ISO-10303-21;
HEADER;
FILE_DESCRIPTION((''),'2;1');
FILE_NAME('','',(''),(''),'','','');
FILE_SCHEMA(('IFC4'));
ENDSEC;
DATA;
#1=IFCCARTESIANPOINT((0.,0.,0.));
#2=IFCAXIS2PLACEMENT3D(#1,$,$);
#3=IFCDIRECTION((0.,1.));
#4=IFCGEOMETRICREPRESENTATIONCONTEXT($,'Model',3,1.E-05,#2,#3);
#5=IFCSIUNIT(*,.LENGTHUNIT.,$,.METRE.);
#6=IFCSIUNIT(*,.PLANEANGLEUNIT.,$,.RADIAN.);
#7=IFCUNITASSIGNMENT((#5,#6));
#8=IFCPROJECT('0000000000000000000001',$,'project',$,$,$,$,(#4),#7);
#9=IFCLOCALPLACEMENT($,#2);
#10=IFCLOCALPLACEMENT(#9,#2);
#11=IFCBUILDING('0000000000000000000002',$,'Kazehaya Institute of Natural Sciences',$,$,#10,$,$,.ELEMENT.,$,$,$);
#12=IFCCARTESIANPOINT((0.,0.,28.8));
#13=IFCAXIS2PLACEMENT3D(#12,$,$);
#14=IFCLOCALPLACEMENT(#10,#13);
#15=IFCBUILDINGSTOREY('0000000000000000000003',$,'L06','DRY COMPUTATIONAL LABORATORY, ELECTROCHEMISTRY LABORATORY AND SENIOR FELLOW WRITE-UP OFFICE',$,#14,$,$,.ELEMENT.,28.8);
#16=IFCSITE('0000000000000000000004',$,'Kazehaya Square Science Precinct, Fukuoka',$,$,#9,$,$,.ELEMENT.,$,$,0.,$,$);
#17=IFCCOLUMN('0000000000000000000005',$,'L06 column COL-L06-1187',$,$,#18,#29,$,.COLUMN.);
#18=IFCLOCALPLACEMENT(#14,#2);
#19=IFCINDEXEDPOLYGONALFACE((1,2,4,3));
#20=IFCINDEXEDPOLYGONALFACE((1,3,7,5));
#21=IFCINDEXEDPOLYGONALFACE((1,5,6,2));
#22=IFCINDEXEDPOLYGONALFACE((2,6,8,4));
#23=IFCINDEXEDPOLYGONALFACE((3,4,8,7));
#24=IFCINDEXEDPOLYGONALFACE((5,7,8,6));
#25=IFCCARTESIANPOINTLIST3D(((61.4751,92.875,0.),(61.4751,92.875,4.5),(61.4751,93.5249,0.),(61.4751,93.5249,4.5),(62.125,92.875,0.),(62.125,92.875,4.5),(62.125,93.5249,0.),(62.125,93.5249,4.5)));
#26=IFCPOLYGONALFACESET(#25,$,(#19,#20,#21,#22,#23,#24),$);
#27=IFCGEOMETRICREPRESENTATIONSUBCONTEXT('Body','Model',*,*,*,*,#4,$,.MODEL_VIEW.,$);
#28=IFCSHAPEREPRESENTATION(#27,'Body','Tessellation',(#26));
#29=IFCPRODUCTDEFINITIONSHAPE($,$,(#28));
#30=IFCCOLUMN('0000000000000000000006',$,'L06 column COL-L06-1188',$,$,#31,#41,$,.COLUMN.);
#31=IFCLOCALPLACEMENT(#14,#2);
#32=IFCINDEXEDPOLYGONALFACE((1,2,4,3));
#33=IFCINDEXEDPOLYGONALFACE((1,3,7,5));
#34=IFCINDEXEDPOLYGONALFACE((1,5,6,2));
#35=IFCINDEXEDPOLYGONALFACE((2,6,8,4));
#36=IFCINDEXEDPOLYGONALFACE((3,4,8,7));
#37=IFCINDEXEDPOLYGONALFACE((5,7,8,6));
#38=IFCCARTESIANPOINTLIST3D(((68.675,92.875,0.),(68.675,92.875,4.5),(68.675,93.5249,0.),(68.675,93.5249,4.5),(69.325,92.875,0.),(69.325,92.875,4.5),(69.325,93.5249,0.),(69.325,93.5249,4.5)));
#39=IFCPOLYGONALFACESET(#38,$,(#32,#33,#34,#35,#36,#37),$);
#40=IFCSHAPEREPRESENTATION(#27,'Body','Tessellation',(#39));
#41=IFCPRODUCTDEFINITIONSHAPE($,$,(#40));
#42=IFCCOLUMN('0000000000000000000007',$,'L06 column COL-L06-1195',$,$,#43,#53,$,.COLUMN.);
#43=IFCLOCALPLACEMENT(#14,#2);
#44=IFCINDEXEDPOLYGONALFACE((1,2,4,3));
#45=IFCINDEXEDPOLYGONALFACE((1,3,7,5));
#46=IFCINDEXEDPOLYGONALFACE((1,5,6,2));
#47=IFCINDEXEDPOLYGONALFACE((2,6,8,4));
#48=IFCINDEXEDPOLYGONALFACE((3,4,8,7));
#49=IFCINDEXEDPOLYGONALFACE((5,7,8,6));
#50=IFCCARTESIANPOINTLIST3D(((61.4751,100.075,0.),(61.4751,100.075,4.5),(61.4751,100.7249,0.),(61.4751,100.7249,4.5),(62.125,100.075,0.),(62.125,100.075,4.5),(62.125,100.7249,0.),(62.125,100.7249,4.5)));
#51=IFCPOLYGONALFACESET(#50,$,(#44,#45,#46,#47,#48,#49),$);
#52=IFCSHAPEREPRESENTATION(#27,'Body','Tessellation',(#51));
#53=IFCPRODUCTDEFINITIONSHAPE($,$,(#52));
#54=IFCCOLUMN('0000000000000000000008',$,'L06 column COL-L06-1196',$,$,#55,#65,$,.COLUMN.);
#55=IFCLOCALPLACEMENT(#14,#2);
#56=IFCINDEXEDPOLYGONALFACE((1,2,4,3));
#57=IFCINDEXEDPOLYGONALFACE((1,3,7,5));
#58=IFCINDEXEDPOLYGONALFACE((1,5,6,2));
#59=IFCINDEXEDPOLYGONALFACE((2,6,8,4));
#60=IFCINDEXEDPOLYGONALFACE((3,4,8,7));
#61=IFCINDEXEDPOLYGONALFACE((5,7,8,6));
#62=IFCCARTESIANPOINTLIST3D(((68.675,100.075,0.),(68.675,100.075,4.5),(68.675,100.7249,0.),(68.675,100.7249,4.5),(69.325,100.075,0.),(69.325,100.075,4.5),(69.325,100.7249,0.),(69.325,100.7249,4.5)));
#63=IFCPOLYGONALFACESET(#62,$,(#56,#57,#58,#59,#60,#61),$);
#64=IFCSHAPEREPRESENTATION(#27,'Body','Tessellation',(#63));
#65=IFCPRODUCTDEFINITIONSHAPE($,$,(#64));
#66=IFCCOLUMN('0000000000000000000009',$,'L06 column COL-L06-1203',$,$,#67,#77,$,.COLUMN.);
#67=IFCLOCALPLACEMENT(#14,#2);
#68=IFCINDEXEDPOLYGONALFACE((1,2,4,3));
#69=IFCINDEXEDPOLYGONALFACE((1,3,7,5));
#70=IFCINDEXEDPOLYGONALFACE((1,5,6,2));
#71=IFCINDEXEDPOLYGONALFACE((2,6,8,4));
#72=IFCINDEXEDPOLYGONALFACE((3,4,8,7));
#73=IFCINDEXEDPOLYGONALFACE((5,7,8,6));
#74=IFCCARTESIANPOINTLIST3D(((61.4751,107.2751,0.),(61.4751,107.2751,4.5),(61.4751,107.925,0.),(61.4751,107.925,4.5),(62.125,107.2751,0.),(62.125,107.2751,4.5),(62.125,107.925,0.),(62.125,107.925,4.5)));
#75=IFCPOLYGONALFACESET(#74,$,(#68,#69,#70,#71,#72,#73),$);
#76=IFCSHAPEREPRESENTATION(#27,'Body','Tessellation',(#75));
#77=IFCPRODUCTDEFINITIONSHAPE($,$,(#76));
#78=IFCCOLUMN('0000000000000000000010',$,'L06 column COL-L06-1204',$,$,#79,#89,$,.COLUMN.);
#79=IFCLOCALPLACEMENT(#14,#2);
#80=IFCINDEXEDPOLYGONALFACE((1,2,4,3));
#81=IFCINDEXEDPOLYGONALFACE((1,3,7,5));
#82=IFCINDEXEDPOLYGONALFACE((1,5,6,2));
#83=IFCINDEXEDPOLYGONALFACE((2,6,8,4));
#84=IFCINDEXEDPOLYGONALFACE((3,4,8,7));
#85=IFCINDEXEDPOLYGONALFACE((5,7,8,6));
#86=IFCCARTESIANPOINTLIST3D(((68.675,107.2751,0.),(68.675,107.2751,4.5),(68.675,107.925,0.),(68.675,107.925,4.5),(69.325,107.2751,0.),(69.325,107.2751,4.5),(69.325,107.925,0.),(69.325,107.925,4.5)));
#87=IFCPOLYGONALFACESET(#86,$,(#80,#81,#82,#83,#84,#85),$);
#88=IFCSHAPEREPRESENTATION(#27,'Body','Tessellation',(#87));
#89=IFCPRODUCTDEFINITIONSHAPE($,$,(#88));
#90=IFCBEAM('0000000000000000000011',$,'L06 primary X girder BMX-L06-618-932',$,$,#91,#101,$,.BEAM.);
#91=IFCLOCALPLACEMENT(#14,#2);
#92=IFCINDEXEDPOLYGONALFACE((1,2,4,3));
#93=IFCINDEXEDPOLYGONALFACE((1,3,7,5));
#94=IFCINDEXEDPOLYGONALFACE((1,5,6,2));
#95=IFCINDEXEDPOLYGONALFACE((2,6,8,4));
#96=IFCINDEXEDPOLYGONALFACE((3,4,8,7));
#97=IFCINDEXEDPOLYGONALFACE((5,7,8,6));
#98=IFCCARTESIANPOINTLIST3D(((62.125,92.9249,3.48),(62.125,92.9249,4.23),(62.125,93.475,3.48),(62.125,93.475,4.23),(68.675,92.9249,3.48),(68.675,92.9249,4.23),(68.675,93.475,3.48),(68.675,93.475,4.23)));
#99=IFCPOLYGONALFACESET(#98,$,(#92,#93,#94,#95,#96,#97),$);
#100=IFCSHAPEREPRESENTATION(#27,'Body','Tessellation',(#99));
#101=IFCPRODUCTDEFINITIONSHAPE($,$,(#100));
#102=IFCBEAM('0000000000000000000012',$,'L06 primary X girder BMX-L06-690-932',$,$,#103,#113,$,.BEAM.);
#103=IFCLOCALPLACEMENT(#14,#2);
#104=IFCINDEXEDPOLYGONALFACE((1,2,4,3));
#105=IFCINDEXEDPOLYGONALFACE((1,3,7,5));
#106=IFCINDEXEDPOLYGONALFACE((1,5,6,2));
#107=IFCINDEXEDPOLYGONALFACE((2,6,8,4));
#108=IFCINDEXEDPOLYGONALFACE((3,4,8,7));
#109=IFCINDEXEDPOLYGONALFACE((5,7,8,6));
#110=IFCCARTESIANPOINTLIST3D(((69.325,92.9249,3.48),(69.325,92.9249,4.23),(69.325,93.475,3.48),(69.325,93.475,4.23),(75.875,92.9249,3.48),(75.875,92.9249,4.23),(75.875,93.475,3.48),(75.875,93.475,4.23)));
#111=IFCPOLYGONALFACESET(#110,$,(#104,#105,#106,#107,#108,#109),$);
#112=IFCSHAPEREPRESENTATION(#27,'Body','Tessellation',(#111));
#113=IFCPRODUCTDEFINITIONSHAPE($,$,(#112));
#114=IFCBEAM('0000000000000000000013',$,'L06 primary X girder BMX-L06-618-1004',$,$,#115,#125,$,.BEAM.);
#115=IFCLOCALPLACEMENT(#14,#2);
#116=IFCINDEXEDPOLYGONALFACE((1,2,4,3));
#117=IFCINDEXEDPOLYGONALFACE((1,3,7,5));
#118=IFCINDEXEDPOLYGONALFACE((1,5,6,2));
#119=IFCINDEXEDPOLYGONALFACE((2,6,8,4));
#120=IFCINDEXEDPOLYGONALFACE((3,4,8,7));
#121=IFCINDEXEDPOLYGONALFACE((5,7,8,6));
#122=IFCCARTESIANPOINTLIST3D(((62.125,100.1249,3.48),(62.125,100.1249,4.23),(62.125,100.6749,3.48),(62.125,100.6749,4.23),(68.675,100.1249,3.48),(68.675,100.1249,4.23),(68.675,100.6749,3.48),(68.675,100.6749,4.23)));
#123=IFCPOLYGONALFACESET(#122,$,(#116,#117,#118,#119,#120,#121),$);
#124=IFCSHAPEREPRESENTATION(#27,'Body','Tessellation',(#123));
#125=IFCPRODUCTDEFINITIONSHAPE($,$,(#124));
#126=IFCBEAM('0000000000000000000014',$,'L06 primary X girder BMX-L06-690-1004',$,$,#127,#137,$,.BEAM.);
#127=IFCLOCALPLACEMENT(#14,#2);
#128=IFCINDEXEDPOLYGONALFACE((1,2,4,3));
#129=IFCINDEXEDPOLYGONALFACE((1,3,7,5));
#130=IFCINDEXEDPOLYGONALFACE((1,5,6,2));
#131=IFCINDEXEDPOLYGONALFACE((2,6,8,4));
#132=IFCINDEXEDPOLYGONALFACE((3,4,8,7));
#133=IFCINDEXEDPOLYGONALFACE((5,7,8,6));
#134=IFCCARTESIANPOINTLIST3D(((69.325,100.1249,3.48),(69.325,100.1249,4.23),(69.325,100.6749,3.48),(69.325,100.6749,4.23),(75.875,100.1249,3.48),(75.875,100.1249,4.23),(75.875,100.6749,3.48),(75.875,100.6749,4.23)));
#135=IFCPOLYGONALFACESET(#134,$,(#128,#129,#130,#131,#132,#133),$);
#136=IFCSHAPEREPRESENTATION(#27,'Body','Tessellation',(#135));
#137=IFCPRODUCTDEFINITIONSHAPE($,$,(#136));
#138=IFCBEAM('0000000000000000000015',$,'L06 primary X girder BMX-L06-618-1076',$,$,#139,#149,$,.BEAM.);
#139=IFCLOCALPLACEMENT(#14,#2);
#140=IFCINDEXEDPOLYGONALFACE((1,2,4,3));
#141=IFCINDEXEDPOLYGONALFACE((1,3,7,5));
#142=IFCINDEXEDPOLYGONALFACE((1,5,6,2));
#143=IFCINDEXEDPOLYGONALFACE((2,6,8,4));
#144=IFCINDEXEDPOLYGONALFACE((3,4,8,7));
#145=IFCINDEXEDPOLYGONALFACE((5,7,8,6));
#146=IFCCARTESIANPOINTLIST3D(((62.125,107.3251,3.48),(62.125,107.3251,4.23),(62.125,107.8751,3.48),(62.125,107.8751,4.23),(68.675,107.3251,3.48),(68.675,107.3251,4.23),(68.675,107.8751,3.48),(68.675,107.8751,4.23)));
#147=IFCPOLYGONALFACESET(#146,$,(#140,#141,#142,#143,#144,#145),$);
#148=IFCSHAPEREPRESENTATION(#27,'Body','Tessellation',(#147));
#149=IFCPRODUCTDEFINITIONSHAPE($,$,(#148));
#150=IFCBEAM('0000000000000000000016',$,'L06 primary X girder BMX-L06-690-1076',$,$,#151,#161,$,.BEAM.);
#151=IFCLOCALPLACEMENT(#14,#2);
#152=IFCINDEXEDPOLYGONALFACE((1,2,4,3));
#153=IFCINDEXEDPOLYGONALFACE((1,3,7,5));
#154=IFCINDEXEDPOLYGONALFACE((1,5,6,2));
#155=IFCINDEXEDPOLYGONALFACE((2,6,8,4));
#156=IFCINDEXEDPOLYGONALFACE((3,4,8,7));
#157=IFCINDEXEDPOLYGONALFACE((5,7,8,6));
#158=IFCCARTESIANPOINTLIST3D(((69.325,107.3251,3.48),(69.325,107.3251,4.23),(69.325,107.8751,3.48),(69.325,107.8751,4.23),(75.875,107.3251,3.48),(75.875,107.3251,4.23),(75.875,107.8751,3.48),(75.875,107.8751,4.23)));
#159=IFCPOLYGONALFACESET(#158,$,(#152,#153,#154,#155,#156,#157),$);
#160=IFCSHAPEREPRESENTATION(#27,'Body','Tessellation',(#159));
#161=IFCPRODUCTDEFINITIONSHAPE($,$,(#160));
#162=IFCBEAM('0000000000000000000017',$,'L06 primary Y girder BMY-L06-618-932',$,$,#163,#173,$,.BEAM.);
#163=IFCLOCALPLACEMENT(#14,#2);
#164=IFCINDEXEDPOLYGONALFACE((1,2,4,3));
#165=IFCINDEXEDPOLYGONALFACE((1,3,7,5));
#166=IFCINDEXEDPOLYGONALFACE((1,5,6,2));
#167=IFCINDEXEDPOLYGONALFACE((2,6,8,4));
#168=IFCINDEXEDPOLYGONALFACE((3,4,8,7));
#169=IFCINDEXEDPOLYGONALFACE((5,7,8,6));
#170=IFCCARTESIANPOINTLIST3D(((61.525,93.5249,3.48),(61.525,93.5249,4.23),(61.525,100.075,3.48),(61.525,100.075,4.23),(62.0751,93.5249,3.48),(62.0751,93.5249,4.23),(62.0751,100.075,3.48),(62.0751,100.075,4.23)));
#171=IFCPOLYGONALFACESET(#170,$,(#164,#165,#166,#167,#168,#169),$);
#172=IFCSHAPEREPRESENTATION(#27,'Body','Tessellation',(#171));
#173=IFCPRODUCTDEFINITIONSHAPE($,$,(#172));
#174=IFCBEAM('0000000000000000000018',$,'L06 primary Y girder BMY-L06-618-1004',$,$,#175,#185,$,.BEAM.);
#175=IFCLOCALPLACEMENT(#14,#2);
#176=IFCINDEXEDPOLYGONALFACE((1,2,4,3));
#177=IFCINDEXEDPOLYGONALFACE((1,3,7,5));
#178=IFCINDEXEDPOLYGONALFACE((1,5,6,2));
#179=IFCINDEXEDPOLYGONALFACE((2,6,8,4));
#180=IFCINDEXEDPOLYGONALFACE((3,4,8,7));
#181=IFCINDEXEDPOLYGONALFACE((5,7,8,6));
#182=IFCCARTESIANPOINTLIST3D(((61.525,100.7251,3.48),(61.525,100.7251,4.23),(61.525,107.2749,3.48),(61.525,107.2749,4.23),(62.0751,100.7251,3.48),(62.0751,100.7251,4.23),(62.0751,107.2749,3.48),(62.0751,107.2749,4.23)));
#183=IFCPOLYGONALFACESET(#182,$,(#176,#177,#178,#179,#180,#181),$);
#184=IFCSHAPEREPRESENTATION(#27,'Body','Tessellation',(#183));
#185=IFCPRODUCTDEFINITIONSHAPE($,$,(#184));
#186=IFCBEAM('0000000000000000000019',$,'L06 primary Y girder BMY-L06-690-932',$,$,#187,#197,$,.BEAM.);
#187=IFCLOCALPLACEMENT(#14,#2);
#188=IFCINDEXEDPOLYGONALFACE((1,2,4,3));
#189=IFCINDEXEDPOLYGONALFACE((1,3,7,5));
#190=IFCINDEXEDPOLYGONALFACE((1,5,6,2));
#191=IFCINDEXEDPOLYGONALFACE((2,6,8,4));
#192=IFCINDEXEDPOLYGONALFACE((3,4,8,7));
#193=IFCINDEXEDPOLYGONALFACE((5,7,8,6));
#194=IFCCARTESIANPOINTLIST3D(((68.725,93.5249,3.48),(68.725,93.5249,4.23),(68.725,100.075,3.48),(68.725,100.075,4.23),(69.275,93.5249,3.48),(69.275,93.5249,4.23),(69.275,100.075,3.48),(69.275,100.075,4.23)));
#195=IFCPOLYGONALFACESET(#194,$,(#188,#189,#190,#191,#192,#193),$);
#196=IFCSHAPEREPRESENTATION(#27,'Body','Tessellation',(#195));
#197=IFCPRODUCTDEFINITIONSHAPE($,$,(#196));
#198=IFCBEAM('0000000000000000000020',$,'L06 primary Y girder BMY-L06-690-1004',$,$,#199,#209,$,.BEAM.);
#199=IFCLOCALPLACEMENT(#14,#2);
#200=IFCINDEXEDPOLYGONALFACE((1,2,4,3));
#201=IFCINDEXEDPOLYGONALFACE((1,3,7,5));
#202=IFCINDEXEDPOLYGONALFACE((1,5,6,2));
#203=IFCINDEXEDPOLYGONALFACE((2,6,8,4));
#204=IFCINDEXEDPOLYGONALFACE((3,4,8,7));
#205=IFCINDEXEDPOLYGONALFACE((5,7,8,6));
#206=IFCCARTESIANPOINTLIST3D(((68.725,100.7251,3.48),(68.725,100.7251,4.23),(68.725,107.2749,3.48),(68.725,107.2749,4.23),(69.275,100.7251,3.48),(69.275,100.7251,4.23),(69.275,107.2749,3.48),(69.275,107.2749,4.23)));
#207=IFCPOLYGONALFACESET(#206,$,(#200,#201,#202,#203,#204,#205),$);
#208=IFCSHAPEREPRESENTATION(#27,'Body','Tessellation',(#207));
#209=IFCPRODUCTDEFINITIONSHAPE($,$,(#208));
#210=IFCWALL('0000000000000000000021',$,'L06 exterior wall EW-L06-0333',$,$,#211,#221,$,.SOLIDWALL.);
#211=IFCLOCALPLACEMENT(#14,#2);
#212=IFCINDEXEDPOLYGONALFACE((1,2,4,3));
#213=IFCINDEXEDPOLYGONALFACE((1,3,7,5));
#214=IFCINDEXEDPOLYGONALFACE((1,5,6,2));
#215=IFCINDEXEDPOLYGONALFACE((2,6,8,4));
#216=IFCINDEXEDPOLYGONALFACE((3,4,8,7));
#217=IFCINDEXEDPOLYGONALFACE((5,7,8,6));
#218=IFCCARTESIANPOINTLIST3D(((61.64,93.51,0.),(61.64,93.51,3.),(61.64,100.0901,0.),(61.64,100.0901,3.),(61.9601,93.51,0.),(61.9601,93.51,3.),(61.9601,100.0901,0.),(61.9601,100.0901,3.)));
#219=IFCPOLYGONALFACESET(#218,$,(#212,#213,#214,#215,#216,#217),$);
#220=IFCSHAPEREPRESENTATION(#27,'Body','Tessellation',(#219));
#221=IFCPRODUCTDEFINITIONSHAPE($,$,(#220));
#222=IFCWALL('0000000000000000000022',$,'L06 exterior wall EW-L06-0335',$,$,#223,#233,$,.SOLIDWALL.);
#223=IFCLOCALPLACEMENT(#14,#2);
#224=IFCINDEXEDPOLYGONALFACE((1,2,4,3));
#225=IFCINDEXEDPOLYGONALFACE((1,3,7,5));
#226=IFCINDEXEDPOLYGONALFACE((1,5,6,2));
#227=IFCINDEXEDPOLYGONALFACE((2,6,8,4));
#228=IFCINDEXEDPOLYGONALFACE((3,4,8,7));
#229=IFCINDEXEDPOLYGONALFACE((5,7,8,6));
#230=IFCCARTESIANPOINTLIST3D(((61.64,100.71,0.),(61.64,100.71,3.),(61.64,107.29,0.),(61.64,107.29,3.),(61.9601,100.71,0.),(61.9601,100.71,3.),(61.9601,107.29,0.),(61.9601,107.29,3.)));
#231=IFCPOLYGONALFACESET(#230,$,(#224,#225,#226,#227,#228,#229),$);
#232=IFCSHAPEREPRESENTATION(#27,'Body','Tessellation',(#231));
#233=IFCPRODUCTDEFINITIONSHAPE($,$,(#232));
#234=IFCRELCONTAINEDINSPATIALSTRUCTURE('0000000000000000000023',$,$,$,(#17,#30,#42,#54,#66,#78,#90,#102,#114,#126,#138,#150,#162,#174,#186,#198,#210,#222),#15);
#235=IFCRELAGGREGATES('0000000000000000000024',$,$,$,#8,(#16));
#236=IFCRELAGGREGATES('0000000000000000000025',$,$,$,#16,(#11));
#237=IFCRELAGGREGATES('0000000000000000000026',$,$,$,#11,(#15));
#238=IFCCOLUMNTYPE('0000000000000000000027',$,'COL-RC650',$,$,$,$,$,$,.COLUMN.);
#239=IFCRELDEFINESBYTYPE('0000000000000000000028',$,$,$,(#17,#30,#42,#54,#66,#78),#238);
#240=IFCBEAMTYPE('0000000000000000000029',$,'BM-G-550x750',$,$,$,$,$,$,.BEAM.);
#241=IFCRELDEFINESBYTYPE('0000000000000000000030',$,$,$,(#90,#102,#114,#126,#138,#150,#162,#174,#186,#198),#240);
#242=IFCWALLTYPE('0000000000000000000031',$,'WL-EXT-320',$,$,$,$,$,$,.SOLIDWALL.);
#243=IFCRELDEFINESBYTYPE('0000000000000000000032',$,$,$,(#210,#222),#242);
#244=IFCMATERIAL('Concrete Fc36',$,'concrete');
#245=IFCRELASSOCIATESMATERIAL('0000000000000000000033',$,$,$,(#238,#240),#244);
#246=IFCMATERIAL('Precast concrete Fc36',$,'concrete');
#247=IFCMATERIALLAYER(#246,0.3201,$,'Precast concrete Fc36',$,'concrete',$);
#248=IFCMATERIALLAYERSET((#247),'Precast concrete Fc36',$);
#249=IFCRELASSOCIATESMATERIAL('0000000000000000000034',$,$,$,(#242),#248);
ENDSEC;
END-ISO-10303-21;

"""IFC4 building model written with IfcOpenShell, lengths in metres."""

from ifc_helpers import new_model, si_unit, direction, frame, frame_2d, origin, origin_2d, place, context, subcontext, project, spatial, rectangle, extrude, material, layer, layer_set, material_profile, profile_set, type_object, element, save


model = new_model("IFC4")

# Units and contexts
model_context = context("Model", 3, precision=1e-05, world=origin(), true_north=direction((0.0, 1.0)))
body_context = subcontext(model_context, "Body", "Model", "MODEL_VIEW")
ifc_project = project(units=[si_unit("LENGTHUNIT", "METRE"), si_unit("PLANEANGLEUNIT", "RADIAN")], contexts=[model_context])

# Site, building, storey
site_placement = place(None, origin())
site = spatial("IfcSite", under=ifc_project, at=site_placement, Name="Kazehaya Square Science Precinct, Fukuoka", CompositionType="ELEMENT", RefElevation=0.0)
building_placement = place(site_placement, origin())
building = spatial("IfcBuilding", under=site, at=building_placement, Name="Kazehaya Institute of Natural Sciences", CompositionType="ELEMENT")
storey_placement = place(building_placement, frame((0.0, 0.0, 28.8)))
storey = spatial("IfcBuildingStorey", under=building, at=storey_placement, Name="L06", Description="DRY COMPUTATIONAL LABORATORY, ELECTROCHEMISTRY LABORATORY AND SENIOR FELLOW WRITE-UP OFFICE", CompositionType="ELEMENT", Elevation=28.8)

# Columns
ifc_material_1 = material(Name="Concrete Fc36", Category="concrete")
ifc_material_profile_1 = material_profile(ifc_material_1, rectangle(XDim=0.6499, YDim=0.6499, at=origin_2d()), Name="RC-650x650")
ifc_profile_set_1 = profile_set([ifc_material_profile_1], Name="Concrete Fc36")
column_type = type_object("IfcColumnType", Name="COL-RC650", PredefinedType="COLUMN", material=ifc_profile_set_1)
for number, where, z_axis, x_axis, name in (
    (1, (61.8, 93.2, 0.0), (0.0, 0.0, 1.0), (1.0, 0.0, 0.0), "L06 column COL-L06-1187"),
    (2, (69.0, 93.2, 0.0), (0.0, 0.0, 1.0), (1.0, 0.0, 0.0), "L06 column COL-L06-1188"),
    (3, (61.8, 100.3999, 0.0), (0.0, 0.0, 1.0), (1.0, 0.0, 0.0), "L06 column COL-L06-1195"),
    (4, (69.0, 100.3999, 0.0), (0.0, 0.0, 1.0), (1.0, 0.0, 0.0), "L06 column COL-L06-1196"),
    (5, (61.8, 107.6001, 0.0), (0.0, 0.0, 1.0), (1.0, 0.0, 0.0), "L06 column COL-L06-1203"),
    (6, (69.0, 107.6001, 0.0), (0.0, 0.0, 1.0), (1.0, 0.0, 0.0), "L06 column COL-L06-1204"),
):
    element("IfcColumn", number, at=place(storey_placement, frame(where, z_axis=z_axis, x_axis=x_axis)), inside=storey, type_object=column_type, Name=name, PredefinedType="COLUMN", context=body_context, shape_type="SweptSolid", body=[
        extrude(rectangle(XDim=0.6499, YDim=0.6499, at=origin_2d()), origin(), (0.0, 0.0, 1.0), 4.5),
    ])

# Beams
ifc_material_profile_2 = material_profile(ifc_material_1, rectangle(XDim=0.55, YDim=0.75, at=origin_2d()), Name="RC-550x750")
ifc_profile_set_2 = profile_set([ifc_material_profile_2], Name="Concrete Fc36")
beam_type = type_object("IfcBeamType", Name="BM-G-550x750", PredefinedType="BEAM", material=ifc_profile_set_2)
for number, where, z_axis, x_axis, name in (
    (7, (62.125, 93.2, 3.855), (1.0, 0.0, 0.0), (0.0, 1.0, 0.0), "L06 primary X girder BMX-L06-618-932"),
    (8, (69.325, 93.2, 3.855), (1.0, 0.0, 0.0), (0.0, 1.0, 0.0), "L06 primary X girder BMX-L06-690-932"),
    (9, (62.125, 100.3999, 3.855), (1.0, 0.0, 0.0), (0.0, 1.0, 0.0), "L06 primary X girder BMX-L06-618-1004"),
    (10, (69.325, 100.3999, 3.855), (1.0, 0.0, 0.0), (0.0, 1.0, 0.0), "L06 primary X girder BMX-L06-690-1004"),
    (11, (62.125, 107.6001, 3.855), (1.0, 0.0, 0.0), (0.0, 1.0, 0.0), "L06 primary X girder BMX-L06-618-1076"),
    (12, (69.325, 107.6001, 3.855), (1.0, 0.0, 0.0), (0.0, 1.0, 0.0), "L06 primary X girder BMX-L06-690-1076"),
    (13, (61.8, 93.5249, 3.855), (0.0, 1.0, 0.0), (-1.0, 0.0, 0.0), "L06 primary Y girder BMY-L06-618-932"),
):
    element("IfcBeam", number, at=place(storey_placement, frame(where, z_axis=z_axis, x_axis=x_axis)), inside=storey, type_object=beam_type, Name=name, PredefinedType="BEAM", context=body_context, shape_type="SweptSolid", body=[
        extrude(rectangle(XDim=0.55, YDim=0.75, at=origin_2d()), origin(), (0.0, 0.0, 1.0), 6.55),
    ])
beam_1_placement = place(storey_placement, frame((61.8, 100.7251, 3.855), z_axis=(0.0, 1.0, 0.0), x_axis=(-1.0, 0.0, 0.0)))
element("IfcBeam", 14, at=beam_1_placement, inside=storey, type_object=beam_type, Name="L06 primary Y girder BMY-L06-618-1004", PredefinedType="BEAM", context=body_context, shape_type="SweptSolid", body=[
    extrude(rectangle(XDim=0.55, YDim=0.75, at=origin_2d()), origin(), (0.0, 0.0, 1.0), 6.5498),
])
beam_2_placement = place(storey_placement, frame((69.0, 93.5249, 3.855), z_axis=(0.0, 1.0, 0.0), x_axis=(-1.0, 0.0, 0.0)))
element("IfcBeam", 15, at=beam_2_placement, inside=storey, type_object=beam_type, Name="L06 primary Y girder BMY-L06-690-932", PredefinedType="BEAM", context=body_context, shape_type="SweptSolid", body=[
    extrude(rectangle(XDim=0.55, YDim=0.75, at=origin_2d()), origin(), (0.0, 0.0, 1.0), 6.55),
])
beam_3_placement = place(storey_placement, frame((69.0, 100.7251, 3.855), z_axis=(0.0, 1.0, 0.0), x_axis=(-1.0, 0.0, 0.0)))
element("IfcBeam", 16, at=beam_3_placement, inside=storey, type_object=beam_type, Name="L06 primary Y girder BMY-L06-690-1004", PredefinedType="BEAM", context=body_context, shape_type="SweptSolid", body=[
    extrude(rectangle(XDim=0.55, YDim=0.75, at=origin_2d()), origin(), (0.0, 0.0, 1.0), 6.5498),
])

# Walls
ifc_material_2 = material(Name="Precast concrete Fc36", Category="concrete")
ifc_layer = layer(ifc_material_2, 0.3201, Name="Precast concrete Fc36", Category="concrete")
ifc_layer_set = layer_set([ifc_layer], Name="Precast concrete Fc36")
wall_type = type_object("IfcWallType", Name="WL-EXT-320", PredefinedType="SOLIDWALL", material=ifc_layer_set)
for number, where, z_axis, x_axis, name in (
    (17, (61.8, 93.51, 0.0), (0.0, 0.0, 1.0), (0.0, 1.0, 0.0), "L06 exterior wall EW-L06-0333"),
    (18, (61.8, 100.71, 0.0), (0.0, 0.0, 1.0), (0.0, 1.0, 0.0), "L06 exterior wall EW-L06-0335"),
):
    element("IfcWall", number, at=place(storey_placement, frame(where, z_axis=z_axis, x_axis=x_axis)), inside=storey, type_object=wall_type, Name=name, PredefinedType="SOLIDWALL", context=body_context, shape_type="SweptSolid", body=[
        extrude(rectangle(XDim=6.5801, YDim=0.3201, at=frame_2d((3.29, 0.0))), origin(), (0.0, 0.0, 1.0), 3.0),
    ])

save(model, "model.ifc")
